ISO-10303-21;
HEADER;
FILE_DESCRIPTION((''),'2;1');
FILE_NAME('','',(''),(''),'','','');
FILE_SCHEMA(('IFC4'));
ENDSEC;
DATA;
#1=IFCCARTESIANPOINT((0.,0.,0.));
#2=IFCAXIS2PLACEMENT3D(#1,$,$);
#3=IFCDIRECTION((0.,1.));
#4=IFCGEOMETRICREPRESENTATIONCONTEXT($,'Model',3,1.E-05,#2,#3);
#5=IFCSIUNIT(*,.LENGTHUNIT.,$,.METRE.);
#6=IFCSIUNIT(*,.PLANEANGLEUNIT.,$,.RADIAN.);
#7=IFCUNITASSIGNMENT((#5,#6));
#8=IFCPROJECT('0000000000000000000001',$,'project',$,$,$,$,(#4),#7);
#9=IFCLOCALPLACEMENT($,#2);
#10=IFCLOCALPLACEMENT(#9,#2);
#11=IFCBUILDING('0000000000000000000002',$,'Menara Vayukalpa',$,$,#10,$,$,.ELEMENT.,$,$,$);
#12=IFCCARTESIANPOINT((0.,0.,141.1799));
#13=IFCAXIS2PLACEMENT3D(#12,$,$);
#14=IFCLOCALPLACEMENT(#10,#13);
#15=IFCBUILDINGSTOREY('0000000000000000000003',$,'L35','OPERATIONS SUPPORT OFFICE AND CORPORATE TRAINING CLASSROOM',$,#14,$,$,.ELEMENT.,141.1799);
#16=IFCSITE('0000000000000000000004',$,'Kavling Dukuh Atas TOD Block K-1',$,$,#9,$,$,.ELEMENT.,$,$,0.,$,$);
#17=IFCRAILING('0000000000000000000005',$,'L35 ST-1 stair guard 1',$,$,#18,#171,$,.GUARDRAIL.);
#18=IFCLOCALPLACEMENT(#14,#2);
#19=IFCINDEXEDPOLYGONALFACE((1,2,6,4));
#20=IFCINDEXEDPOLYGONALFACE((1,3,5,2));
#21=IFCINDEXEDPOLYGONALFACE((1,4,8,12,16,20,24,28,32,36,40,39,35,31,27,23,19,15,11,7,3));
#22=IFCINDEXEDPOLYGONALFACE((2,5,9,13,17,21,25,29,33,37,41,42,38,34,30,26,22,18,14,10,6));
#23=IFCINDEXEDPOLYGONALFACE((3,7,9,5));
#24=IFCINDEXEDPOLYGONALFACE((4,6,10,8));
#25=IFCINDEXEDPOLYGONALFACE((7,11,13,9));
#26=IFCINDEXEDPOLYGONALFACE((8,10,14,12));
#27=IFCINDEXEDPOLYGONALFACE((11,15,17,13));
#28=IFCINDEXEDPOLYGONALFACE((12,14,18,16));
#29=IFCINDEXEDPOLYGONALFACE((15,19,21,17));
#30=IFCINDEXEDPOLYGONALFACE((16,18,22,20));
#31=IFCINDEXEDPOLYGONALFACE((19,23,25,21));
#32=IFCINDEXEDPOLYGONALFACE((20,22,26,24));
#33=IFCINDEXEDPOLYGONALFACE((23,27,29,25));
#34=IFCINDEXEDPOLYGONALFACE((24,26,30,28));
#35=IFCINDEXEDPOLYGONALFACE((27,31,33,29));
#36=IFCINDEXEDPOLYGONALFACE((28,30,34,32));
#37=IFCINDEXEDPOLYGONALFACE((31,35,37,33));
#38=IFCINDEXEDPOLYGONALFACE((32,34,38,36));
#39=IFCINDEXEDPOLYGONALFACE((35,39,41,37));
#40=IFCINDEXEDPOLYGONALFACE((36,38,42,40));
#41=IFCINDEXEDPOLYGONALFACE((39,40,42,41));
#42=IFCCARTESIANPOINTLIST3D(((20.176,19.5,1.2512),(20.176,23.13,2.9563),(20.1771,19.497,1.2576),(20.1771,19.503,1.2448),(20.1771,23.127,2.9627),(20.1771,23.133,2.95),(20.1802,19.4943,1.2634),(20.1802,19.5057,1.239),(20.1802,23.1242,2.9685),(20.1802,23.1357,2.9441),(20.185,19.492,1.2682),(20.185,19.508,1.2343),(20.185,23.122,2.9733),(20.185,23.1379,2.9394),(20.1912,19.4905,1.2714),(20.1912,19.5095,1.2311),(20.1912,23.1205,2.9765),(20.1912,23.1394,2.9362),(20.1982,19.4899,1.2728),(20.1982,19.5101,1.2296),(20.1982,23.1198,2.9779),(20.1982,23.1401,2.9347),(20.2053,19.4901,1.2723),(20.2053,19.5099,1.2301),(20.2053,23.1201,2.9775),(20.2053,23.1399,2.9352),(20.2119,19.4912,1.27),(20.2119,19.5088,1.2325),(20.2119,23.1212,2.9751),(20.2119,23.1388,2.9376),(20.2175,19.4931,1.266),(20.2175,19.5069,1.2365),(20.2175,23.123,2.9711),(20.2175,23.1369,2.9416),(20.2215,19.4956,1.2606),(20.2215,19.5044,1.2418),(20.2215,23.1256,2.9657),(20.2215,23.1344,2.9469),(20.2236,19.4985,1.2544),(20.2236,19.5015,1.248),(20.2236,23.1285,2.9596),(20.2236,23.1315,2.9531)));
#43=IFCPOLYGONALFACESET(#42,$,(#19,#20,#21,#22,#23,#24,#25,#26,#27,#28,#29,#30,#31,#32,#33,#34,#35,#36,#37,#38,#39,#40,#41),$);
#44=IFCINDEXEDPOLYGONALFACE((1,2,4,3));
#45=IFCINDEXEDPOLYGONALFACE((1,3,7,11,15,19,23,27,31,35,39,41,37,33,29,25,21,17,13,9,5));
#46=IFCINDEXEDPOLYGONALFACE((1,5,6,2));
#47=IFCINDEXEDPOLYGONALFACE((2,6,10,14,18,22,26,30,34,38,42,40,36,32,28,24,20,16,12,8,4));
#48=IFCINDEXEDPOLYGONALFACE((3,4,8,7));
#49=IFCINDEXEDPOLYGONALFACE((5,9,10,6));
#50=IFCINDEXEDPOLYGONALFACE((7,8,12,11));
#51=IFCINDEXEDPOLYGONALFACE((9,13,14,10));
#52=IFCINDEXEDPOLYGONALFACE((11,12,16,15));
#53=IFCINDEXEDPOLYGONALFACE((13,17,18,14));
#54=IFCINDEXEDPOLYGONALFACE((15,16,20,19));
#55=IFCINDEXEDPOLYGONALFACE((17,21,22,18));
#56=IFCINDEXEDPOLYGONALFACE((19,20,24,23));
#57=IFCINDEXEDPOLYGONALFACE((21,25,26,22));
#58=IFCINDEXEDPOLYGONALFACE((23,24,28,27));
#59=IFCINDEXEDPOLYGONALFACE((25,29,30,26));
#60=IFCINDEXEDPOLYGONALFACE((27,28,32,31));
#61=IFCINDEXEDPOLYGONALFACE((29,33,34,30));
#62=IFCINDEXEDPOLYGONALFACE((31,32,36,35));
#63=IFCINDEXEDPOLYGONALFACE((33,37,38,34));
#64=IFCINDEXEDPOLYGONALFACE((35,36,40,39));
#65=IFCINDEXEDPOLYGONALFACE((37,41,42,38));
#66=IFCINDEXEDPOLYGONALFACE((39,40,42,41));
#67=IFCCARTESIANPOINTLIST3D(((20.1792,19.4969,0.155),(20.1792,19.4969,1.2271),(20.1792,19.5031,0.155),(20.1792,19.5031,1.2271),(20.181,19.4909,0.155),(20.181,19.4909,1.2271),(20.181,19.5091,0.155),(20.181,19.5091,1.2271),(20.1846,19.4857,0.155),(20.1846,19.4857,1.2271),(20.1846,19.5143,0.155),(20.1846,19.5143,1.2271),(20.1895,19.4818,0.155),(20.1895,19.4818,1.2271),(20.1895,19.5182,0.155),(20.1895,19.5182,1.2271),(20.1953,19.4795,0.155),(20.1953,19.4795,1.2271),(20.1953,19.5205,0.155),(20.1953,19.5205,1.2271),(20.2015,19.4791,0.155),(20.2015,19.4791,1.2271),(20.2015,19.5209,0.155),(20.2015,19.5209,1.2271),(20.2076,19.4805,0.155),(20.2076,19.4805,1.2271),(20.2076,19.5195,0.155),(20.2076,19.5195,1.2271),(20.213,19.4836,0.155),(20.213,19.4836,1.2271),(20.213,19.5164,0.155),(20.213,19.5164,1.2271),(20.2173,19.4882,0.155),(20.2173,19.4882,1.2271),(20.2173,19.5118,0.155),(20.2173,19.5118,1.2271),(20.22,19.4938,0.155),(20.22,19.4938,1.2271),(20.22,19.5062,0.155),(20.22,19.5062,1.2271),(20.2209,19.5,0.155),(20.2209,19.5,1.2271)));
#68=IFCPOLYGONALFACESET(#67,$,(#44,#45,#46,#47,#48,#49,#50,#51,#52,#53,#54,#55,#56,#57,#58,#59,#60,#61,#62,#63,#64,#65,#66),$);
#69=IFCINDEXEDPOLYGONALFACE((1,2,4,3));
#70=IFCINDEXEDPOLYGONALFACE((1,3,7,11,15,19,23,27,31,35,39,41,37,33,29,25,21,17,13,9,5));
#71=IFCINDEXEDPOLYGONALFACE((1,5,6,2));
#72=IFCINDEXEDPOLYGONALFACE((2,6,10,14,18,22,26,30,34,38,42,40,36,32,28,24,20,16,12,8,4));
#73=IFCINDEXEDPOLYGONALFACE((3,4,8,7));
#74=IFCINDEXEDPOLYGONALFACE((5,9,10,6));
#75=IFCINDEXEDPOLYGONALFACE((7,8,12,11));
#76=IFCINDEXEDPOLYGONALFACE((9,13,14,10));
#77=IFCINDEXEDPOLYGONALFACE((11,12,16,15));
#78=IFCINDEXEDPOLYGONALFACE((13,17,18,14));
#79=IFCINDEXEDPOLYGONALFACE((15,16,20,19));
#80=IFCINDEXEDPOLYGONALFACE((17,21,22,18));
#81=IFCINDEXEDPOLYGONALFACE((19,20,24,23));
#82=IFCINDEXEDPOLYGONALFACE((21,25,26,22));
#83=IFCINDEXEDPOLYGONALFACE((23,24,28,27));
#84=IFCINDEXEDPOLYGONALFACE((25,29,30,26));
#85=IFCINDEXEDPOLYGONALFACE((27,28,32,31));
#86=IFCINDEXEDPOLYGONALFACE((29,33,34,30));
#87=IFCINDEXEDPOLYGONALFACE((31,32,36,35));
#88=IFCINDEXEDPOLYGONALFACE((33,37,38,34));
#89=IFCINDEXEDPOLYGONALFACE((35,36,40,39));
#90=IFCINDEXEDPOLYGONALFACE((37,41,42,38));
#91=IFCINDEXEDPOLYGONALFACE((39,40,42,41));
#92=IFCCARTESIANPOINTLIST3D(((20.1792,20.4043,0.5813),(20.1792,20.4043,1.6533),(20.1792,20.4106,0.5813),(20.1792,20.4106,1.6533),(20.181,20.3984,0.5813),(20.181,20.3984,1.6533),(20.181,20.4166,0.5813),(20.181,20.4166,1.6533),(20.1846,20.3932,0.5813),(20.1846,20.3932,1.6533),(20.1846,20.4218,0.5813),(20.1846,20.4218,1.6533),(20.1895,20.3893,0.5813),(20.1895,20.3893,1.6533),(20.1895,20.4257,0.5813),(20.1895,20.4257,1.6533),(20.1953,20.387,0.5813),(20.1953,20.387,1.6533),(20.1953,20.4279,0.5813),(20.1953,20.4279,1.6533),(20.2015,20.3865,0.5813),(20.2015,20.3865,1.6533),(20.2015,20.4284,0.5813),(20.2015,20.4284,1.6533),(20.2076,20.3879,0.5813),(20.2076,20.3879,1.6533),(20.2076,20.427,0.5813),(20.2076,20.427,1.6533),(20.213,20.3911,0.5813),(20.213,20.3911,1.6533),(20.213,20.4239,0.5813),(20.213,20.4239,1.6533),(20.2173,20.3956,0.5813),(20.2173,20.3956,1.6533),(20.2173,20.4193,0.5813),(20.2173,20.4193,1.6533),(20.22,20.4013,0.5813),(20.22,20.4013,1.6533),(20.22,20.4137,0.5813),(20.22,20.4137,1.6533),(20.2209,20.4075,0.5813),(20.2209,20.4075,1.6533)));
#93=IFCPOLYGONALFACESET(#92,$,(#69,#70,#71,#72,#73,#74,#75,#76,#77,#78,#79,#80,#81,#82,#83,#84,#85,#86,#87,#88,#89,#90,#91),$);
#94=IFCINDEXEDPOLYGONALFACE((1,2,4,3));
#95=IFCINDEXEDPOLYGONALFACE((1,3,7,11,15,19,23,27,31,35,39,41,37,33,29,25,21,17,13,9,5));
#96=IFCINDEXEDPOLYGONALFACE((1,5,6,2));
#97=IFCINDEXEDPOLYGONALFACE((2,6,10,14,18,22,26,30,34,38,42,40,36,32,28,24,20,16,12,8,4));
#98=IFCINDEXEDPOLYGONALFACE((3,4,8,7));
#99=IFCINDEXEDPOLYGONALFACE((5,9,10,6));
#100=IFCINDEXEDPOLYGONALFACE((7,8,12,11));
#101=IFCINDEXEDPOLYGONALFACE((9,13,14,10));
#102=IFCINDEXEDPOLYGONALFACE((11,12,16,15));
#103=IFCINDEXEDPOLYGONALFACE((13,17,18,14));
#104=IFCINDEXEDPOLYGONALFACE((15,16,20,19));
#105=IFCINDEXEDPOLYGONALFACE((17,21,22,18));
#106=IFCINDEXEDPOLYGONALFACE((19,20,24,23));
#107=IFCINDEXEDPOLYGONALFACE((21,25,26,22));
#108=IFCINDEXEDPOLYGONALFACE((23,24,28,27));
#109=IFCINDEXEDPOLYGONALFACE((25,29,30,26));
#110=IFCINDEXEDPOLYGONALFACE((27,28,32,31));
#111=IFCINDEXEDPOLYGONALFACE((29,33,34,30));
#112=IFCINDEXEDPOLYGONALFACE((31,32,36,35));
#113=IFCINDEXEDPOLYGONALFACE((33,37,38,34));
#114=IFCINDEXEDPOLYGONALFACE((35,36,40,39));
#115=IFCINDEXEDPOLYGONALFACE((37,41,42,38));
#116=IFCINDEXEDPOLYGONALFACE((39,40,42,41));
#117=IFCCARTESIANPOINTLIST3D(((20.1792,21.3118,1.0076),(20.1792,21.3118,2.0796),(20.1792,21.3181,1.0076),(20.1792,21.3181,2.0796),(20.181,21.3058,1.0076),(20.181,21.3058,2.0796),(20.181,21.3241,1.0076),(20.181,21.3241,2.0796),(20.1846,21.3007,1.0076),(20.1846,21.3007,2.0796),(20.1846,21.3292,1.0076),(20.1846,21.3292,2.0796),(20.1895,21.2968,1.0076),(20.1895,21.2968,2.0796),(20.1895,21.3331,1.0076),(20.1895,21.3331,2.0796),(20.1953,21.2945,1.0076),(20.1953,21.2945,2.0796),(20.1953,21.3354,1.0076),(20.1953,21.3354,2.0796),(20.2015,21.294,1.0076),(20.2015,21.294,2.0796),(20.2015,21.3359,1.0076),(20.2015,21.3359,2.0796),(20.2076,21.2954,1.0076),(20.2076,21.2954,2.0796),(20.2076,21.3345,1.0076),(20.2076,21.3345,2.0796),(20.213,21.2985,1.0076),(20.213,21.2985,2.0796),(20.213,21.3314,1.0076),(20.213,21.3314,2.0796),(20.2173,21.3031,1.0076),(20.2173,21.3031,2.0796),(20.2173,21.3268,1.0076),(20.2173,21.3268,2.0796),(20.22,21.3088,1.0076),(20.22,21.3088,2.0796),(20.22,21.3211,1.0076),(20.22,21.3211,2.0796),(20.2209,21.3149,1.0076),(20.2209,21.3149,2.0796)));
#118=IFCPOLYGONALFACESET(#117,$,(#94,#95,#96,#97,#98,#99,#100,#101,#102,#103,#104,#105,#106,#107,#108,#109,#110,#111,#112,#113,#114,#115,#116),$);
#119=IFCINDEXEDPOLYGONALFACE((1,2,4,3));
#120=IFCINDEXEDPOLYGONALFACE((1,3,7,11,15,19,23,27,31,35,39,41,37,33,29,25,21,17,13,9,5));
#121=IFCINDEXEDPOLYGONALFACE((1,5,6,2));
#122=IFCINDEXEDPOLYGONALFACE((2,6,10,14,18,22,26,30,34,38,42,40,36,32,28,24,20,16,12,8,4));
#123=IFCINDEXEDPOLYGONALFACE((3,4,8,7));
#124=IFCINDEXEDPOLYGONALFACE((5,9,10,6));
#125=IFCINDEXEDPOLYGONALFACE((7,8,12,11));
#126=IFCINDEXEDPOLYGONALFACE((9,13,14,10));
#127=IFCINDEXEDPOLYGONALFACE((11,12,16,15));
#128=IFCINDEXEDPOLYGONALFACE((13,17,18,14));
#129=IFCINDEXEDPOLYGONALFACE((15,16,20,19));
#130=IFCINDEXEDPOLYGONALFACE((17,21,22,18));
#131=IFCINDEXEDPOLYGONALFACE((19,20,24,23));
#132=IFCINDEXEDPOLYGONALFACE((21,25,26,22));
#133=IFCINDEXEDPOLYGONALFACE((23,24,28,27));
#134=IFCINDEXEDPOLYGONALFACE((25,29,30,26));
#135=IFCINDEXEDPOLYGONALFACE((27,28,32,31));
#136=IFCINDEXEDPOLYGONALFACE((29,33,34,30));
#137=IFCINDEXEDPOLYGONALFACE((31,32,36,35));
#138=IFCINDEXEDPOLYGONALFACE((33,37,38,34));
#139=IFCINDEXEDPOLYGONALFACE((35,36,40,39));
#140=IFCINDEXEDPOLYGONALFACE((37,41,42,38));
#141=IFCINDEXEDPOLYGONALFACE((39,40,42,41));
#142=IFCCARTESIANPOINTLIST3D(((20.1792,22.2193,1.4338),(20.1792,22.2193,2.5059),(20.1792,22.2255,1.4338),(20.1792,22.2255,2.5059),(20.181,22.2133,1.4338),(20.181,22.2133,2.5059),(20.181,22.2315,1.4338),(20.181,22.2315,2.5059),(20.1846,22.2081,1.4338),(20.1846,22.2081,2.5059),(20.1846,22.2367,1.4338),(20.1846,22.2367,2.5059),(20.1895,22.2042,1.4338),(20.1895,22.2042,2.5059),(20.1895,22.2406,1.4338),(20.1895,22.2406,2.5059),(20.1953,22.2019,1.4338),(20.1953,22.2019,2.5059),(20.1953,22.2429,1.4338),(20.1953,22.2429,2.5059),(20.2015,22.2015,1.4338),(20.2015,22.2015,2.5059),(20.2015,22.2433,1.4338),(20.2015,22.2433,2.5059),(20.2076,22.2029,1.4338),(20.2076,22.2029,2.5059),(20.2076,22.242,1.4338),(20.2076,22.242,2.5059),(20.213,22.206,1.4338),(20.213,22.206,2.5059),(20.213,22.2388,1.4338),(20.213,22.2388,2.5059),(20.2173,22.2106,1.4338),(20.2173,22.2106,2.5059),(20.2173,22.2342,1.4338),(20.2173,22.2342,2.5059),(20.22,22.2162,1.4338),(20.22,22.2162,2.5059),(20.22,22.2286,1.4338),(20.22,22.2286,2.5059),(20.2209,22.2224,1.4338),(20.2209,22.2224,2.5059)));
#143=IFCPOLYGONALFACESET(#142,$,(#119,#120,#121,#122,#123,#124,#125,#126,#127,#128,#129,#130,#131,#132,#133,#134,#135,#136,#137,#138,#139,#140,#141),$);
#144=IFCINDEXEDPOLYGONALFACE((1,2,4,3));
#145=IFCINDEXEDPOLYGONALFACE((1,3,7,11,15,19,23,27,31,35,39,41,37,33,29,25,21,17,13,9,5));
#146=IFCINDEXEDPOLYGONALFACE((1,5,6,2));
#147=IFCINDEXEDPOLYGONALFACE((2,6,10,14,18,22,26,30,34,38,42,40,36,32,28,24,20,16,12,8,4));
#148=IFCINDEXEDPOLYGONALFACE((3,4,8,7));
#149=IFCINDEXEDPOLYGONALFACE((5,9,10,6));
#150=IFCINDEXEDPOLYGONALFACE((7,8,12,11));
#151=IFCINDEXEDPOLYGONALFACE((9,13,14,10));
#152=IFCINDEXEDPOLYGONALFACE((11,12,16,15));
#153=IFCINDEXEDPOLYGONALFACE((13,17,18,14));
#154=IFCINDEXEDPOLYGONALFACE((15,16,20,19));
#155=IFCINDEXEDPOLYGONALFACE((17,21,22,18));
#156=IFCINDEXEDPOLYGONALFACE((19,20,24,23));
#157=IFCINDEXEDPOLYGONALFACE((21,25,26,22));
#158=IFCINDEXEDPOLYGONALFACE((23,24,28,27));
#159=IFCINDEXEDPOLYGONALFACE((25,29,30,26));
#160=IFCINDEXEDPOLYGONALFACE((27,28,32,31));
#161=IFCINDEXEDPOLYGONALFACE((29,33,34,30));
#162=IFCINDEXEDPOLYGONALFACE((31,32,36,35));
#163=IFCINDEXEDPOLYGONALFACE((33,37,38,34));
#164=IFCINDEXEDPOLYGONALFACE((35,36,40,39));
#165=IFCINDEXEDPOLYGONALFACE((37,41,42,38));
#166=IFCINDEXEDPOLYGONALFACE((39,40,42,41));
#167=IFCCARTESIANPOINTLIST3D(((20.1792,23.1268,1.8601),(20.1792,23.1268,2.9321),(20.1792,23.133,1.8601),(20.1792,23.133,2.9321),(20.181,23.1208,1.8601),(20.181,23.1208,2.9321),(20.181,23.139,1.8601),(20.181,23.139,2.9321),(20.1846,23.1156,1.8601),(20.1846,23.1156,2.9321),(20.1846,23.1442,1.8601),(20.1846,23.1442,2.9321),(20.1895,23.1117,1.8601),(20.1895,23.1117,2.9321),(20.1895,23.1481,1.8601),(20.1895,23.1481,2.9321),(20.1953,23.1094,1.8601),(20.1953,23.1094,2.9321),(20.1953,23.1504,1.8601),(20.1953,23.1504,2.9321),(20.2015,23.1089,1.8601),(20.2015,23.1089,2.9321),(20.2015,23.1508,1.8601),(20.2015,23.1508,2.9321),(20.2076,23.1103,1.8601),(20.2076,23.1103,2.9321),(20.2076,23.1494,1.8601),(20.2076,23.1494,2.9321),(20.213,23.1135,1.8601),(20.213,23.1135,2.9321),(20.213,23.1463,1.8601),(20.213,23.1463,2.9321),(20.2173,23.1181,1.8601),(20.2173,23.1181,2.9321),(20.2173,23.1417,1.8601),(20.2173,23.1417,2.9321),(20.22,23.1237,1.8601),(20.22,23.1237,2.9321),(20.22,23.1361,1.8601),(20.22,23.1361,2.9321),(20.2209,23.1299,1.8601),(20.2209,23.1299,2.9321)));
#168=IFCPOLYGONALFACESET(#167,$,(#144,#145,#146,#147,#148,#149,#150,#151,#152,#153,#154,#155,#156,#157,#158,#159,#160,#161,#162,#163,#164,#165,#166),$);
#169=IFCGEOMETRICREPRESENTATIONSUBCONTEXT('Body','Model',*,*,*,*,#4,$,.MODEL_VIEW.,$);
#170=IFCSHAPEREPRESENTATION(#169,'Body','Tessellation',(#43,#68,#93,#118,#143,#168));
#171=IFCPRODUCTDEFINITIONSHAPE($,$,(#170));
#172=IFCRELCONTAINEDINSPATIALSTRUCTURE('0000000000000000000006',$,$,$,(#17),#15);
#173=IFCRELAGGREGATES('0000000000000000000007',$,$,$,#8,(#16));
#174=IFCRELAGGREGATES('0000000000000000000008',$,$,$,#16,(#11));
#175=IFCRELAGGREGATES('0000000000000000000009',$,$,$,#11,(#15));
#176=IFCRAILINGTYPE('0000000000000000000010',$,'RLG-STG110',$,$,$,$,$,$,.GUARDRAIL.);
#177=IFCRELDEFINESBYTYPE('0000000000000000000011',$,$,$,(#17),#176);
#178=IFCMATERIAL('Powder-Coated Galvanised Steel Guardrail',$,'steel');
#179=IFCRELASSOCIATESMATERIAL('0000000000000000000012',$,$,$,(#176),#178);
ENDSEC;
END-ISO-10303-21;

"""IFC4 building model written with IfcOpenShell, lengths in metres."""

from ifc_helpers import new_model, si_unit, direction, frame, origin, origin_2d, place, context, subcontext, project, spatial, circle, extrude, material, type_object, element, save


model = new_model("IFC4")

# Units and contexts
model_context = context("Model", 3, precision=1e-05, world=origin(), true_north=direction((0.0, 1.0)))
body_context = subcontext(model_context, "Body", "Model", "MODEL_VIEW")
ifc_project = project(units=[si_unit("LENGTHUNIT", "METRE"), si_unit("PLANEANGLEUNIT", "RADIAN")], contexts=[model_context])

# Site, building, storey
site_placement = place(None, origin())
site = spatial("IfcSite", under=ifc_project, at=site_placement, Name="Kavling Dukuh Atas TOD Block K-1", CompositionType="ELEMENT", RefElevation=0.0)
building_placement = place(site_placement, origin())
building = spatial("IfcBuilding", under=site, at=building_placement, Name="Menara Vayukalpa", CompositionType="ELEMENT")
storey_placement = place(building_placement, frame((0.0, 0.0, 141.1799)))
storey = spatial("IfcBuildingStorey", under=building, at=storey_placement, Name="L35", Description="OPERATIONS SUPPORT OFFICE AND CORPORATE TRAINING CLASSROOM", CompositionType="ELEMENT", Elevation=141.1799)

# Railing
ifc_material_1 = material(Name="Powder-Coated Galvanised Steel Guardrail", Category="steel")
railing_type_1 = type_object("IfcRailingType", Name="RLG-STG110", PredefinedType="GUARDRAIL", material=ifc_material_1)
railing_1_placement = place(storey_placement, frame((20.2, 19.5, 0.155)))
element("IfcRailing", 1, at=railing_1_placement, inside=storey, type_object=railing_type_1, Name="L35 ST-1 stair guard 1", PredefinedType="GUARDRAIL", context=body_context, shape_type="SweptSolid", body=[
    extrude(circle(Radius=0.0239, at=origin_2d()), frame((0.0, 0.0, 1.0962), z_axis=(0.0, 0.905116, 0.425164), x_axis=(-1.0, 0.0, 0.0)), (0.0, 0.0, 1.0), 4.0105),
    extrude(circle(Radius=0.021, at=origin_2d()), origin(), (0.0, 0.0, 1.0), 1.072),
    extrude(circle(Radius=0.021, at=origin_2d()), frame((0.0, 0.9075, 0.4263)), (0.0, 0.0, 1.0), 1.072),
    extrude(circle(Radius=0.021, at=origin_2d()), frame((0.0, 1.8149, 0.8525)), (0.0, 0.0, 1.0), 1.072),
    extrude(circle(Radius=0.021, at=origin_2d()), frame((0.0, 2.7224, 1.2788)), (0.0, 0.0, 1.0), 1.072),
    extrude(circle(Radius=0.021, at=origin_2d()), frame((0.0, 3.6299, 1.7051)), (0.0, 0.0, 1.0), 1.072),
])

save(model, "model.ifc")
